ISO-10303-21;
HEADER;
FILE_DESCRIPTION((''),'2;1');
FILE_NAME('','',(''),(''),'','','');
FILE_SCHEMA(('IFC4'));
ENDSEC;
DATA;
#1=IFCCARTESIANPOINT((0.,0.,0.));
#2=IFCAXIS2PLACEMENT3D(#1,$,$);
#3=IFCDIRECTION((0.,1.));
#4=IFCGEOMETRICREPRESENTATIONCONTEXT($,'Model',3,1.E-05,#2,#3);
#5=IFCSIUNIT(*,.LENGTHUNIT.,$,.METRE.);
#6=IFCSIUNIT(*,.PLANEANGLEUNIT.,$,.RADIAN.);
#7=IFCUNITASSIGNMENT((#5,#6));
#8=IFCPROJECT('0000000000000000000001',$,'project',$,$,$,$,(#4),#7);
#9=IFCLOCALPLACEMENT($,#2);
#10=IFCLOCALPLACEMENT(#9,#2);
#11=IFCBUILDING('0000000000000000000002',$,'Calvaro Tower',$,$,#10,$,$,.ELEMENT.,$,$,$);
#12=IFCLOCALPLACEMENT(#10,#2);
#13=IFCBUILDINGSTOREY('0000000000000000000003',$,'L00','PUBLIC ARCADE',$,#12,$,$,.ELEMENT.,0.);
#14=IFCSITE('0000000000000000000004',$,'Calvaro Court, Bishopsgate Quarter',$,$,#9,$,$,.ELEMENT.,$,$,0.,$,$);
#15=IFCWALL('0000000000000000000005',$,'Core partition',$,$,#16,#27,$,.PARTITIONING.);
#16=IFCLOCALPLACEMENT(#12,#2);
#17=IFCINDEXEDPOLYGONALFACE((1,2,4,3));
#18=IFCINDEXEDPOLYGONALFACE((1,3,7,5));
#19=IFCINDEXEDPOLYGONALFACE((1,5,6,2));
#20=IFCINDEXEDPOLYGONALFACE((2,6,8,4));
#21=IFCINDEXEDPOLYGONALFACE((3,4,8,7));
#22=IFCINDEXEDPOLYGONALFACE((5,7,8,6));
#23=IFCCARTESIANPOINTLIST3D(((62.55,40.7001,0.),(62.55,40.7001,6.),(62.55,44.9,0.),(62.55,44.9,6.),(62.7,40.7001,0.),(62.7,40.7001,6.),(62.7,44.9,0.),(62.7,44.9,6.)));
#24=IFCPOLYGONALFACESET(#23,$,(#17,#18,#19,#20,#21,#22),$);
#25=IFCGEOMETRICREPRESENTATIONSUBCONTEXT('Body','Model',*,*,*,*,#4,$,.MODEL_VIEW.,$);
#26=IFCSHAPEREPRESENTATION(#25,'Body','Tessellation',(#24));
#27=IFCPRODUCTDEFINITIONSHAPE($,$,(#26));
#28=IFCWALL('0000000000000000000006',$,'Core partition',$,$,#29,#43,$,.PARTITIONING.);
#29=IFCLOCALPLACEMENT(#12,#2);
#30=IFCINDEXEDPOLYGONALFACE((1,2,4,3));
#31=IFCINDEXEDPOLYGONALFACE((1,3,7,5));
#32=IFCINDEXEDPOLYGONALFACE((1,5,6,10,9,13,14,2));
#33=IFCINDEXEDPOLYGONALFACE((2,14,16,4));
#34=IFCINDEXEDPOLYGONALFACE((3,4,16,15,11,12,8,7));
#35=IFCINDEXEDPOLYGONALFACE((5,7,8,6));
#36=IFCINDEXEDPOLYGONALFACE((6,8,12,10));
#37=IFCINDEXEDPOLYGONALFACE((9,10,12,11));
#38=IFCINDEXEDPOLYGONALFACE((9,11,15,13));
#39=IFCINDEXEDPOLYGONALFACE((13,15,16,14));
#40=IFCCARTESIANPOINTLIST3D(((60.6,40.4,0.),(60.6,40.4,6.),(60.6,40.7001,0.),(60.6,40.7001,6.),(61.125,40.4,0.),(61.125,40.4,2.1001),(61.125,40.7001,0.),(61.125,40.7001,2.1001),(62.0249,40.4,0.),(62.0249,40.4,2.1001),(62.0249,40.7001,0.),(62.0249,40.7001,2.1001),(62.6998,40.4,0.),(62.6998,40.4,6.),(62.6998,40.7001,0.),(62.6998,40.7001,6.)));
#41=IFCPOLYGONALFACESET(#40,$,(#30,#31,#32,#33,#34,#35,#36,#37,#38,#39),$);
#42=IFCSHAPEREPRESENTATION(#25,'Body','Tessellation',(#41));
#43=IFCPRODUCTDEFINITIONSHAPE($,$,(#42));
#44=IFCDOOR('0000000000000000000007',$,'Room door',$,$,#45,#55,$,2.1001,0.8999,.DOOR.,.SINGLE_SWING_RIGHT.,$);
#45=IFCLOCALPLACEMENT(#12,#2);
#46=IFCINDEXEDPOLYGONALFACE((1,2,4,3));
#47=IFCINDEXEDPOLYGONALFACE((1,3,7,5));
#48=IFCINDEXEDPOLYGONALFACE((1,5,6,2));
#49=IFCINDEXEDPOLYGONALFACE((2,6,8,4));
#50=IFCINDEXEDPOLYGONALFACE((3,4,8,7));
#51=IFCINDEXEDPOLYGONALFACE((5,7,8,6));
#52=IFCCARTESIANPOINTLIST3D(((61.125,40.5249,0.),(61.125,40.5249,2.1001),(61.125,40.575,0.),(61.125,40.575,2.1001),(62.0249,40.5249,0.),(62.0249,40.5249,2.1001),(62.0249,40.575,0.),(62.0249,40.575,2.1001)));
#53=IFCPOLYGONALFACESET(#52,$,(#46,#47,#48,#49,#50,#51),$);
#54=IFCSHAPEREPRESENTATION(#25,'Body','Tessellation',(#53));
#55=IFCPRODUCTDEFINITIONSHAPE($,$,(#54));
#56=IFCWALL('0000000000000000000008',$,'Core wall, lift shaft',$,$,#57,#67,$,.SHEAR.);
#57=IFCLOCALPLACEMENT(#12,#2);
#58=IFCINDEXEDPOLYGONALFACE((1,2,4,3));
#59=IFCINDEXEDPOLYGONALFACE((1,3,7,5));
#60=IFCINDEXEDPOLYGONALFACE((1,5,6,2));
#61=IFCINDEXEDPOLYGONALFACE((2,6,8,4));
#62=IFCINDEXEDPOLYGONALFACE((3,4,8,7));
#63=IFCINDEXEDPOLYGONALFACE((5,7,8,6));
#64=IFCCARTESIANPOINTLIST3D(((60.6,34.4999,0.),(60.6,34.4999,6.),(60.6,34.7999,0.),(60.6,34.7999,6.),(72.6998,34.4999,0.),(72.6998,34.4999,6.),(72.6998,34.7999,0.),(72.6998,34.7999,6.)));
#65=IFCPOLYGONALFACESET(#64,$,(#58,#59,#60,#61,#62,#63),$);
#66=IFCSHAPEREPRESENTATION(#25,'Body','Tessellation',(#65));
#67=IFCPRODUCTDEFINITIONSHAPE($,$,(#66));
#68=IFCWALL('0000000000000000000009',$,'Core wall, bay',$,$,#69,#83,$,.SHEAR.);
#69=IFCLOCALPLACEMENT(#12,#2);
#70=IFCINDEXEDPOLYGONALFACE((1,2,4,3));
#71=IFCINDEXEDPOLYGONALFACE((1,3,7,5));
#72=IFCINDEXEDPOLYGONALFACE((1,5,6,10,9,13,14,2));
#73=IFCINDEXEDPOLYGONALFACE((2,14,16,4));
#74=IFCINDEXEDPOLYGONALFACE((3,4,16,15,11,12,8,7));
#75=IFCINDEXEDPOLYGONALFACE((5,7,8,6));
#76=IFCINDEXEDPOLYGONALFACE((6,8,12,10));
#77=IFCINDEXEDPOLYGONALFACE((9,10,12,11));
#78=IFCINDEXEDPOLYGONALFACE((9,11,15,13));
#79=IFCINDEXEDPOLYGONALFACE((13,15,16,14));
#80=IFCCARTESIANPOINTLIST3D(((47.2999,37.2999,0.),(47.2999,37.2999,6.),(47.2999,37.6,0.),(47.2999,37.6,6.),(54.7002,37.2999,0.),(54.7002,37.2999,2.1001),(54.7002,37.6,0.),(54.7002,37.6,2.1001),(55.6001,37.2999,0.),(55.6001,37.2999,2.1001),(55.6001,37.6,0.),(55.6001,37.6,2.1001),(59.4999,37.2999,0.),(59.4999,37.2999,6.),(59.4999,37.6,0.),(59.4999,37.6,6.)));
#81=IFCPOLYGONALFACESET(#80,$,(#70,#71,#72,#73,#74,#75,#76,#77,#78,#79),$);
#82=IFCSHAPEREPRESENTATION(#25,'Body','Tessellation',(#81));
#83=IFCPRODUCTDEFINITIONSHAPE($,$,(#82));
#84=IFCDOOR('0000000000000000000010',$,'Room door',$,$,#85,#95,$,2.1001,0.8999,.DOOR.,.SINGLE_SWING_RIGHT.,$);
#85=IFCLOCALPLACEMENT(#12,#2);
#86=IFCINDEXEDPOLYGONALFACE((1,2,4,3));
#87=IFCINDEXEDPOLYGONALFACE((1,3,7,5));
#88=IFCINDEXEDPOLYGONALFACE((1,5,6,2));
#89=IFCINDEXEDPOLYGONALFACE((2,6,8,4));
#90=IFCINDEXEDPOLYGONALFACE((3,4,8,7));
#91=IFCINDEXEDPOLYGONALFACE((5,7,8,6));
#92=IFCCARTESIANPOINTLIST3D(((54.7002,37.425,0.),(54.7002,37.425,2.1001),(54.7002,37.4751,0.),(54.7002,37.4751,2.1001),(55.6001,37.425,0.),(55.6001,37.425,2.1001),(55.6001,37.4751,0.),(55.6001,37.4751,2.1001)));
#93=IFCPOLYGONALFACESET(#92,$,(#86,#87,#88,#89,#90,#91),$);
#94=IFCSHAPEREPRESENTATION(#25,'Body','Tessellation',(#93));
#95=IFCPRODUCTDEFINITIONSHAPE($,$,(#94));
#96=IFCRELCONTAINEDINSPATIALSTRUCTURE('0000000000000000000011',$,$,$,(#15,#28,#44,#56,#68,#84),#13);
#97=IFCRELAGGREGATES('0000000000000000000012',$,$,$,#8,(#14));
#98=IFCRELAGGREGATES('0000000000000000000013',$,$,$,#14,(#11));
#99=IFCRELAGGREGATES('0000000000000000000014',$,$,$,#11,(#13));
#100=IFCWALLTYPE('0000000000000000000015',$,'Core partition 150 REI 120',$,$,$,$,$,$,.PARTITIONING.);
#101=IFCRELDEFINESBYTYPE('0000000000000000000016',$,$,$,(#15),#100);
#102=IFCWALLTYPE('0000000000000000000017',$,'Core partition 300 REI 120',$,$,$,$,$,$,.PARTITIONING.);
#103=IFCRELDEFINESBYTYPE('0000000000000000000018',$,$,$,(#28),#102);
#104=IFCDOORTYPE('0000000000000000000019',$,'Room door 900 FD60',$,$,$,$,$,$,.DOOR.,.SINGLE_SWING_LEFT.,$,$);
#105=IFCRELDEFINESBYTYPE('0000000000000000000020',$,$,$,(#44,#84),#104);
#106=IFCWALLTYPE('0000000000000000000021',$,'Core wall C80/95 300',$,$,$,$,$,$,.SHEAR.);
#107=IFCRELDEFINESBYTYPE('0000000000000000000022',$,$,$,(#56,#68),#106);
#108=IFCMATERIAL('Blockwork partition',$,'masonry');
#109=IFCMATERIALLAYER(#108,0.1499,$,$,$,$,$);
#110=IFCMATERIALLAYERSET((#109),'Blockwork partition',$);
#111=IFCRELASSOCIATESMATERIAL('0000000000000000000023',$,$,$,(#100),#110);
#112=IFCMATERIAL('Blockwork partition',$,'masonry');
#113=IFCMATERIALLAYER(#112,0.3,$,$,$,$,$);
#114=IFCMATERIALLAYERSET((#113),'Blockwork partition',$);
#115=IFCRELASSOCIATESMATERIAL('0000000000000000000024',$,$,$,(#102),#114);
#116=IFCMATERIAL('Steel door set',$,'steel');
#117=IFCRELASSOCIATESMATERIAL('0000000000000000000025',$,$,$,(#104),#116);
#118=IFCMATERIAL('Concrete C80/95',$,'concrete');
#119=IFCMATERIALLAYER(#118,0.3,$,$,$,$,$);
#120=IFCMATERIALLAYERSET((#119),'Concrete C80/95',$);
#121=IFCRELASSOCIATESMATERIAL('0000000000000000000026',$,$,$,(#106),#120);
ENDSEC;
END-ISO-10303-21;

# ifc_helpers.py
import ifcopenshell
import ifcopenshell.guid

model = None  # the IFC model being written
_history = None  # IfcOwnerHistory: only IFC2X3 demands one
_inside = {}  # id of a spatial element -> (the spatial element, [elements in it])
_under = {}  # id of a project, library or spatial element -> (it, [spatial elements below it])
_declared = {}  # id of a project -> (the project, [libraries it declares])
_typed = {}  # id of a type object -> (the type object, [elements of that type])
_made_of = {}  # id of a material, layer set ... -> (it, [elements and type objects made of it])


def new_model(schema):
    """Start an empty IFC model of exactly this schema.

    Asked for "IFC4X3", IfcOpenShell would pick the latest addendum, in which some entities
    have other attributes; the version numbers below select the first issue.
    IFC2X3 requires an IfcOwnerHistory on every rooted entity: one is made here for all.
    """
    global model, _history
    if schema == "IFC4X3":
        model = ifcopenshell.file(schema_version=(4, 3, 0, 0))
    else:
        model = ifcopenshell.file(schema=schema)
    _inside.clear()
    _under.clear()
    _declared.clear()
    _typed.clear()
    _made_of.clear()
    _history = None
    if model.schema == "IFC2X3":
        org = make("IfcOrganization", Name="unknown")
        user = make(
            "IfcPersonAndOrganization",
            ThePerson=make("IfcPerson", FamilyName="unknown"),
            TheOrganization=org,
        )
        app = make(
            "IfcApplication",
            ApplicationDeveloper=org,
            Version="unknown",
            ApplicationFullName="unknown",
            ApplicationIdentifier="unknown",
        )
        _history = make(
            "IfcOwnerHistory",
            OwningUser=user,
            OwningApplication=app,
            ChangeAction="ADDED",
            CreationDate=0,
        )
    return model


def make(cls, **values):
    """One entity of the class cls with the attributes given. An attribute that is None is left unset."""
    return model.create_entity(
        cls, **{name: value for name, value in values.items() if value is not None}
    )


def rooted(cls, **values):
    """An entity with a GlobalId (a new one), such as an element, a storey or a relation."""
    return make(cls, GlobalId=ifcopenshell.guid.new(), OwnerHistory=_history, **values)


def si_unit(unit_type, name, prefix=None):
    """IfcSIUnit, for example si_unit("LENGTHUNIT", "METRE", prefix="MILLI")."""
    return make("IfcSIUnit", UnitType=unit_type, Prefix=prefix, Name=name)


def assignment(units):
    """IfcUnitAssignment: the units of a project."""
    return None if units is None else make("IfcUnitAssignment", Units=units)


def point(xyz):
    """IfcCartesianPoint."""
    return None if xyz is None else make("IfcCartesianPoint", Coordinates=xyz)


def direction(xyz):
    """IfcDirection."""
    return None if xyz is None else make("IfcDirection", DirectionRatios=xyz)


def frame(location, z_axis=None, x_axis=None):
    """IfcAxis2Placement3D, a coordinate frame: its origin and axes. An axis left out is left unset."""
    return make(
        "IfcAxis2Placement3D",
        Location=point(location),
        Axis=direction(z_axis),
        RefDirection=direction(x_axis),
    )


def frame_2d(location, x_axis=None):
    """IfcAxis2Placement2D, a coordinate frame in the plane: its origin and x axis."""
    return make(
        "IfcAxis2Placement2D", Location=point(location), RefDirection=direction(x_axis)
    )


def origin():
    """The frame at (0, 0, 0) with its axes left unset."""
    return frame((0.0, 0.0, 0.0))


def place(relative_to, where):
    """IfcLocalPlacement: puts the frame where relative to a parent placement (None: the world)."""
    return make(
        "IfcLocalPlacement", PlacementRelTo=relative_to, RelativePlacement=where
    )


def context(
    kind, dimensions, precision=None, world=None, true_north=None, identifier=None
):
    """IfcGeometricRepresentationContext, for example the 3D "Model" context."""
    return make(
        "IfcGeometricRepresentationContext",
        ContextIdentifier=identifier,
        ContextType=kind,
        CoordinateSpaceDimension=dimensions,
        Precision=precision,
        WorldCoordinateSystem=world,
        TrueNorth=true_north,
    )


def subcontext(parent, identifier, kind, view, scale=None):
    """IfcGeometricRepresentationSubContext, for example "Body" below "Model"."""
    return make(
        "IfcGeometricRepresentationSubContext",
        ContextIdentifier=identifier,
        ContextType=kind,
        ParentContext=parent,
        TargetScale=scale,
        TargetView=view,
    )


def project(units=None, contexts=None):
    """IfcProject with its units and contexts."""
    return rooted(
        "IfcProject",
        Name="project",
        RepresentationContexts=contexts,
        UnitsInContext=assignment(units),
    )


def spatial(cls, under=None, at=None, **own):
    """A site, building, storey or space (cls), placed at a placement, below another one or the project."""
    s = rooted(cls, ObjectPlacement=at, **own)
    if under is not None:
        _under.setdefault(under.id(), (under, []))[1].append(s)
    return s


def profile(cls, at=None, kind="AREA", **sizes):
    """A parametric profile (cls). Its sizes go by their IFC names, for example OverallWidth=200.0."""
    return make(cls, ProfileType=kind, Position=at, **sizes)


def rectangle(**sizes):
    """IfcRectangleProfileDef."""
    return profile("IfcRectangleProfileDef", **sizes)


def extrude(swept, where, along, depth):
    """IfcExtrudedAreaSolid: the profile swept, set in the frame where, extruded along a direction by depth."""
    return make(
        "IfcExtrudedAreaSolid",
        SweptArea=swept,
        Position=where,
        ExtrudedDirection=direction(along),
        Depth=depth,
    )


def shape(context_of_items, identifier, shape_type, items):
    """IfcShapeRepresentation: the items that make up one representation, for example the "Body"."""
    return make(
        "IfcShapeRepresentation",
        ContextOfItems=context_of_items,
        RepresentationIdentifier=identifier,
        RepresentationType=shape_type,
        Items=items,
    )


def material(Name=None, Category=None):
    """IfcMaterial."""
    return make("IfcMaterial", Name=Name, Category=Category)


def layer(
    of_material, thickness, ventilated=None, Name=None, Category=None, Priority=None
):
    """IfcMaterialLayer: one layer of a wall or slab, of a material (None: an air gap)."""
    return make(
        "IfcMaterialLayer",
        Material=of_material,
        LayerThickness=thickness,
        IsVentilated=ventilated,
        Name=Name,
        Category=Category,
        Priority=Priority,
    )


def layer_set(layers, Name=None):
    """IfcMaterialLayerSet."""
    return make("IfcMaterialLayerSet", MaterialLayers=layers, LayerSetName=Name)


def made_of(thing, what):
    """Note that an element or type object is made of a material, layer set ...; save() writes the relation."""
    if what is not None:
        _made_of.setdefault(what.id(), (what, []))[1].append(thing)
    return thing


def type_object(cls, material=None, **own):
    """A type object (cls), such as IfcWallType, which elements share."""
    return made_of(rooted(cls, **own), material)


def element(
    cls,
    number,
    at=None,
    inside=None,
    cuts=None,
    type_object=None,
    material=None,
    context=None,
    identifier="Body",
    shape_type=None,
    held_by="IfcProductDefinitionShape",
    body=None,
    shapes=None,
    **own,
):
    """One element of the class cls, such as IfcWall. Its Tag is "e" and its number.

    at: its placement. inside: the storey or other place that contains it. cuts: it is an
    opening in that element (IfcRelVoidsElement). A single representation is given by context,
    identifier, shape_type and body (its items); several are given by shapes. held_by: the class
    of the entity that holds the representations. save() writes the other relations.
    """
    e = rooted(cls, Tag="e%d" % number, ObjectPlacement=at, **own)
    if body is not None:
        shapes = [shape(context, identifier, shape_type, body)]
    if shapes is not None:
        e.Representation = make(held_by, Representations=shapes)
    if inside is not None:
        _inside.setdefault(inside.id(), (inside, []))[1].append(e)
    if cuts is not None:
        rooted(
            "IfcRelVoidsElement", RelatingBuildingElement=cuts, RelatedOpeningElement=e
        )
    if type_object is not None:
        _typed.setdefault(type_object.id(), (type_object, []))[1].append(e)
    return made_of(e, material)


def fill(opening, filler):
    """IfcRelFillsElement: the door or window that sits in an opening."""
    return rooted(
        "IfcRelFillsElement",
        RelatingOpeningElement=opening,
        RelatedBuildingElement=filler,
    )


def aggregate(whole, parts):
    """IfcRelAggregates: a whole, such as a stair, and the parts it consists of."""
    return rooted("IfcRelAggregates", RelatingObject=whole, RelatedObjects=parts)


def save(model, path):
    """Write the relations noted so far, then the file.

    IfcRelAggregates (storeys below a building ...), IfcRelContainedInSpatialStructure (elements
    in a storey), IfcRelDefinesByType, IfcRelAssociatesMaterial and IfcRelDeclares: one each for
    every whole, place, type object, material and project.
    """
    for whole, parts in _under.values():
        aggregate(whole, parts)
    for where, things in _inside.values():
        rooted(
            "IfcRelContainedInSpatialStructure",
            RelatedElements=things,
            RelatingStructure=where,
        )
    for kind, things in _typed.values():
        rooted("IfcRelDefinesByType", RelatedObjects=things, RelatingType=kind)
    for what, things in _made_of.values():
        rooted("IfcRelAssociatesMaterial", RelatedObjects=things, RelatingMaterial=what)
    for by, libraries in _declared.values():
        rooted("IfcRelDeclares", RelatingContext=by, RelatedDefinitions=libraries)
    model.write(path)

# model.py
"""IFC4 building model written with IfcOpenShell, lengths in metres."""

from ifc_helpers import new_model, si_unit, direction, frame, frame_2d, origin, place, context, subcontext, project, spatial, rectangle, extrude, material, layer, layer_set, type_object, element, fill, save


model = new_model("IFC4")

# Units and contexts
model_context = context("Model", 3, precision=1e-05, world=origin(), true_north=direction((0.0, 1.0)))
body_context = subcontext(model_context, "Body", "Model", "MODEL_VIEW")
ifc_project = project(units=[si_unit("LENGTHUNIT", "METRE"), si_unit("PLANEANGLEUNIT", "RADIAN")], contexts=[model_context])

# Site, building, storey
site_placement = place(None, origin())
site = spatial("IfcSite", under=ifc_project, at=site_placement, Name="Calvaro Court, Bishopsgate Quarter", CompositionType="ELEMENT", RefElevation=0.0)
building_placement = place(site_placement, origin())
building = spatial("IfcBuilding", under=site, at=building_placement, Name="Calvaro Tower", CompositionType="ELEMENT")
storey_placement = place(building_placement, origin())
storey = spatial("IfcBuildingStorey", under=building, at=storey_placement, Name="L00", Description="PUBLIC ARCADE", CompositionType="ELEMENT", Elevation=0.0)

# Wall
ifc_material_1 = material(Name="Blockwork partition", Category="masonry")
ifc_layer_1 = layer(ifc_material_1, 0.1499)
ifc_layer_set_1 = layer_set([ifc_layer_1], Name="Blockwork partition")
wall_type_1 = type_object("IfcWallType", Name="Core partition 150 REI 120", PredefinedType="PARTITIONING", material=ifc_layer_set_1)
wall_1_placement = place(storey_placement, frame((62.625, 40.7, 0.0), z_axis=(0.0, 0.0, 1.0), x_axis=(0.0, 1.0, 0.0)))
element("IfcWall", 1, at=wall_1_placement, inside=storey, type_object=wall_type_1, Name="Core partition", PredefinedType="PARTITIONING", context=body_context, shape_type="SweptSolid", body=[
    extrude(rectangle(XDim=4.2, YDim=0.1499, at=frame_2d((2.1001, 0.0))), origin(), (0.0, 0.0, 1.0), 6.0),
])

# Wall, opening, door
ifc_material_2 = material(Name="Blockwork partition", Category="masonry")
ifc_layer_2 = layer(ifc_material_2, 0.3)
ifc_layer_set_2 = layer_set([ifc_layer_2], Name="Blockwork partition")
wall_type_2 = type_object("IfcWallType", Name="Core partition 300 REI 120", PredefinedType="PARTITIONING", material=ifc_layer_set_2)
wall_2_placement = place(storey_placement, frame((60.6001, 40.55, 0.0), z_axis=(0.0, 0.0, 1.0), x_axis=(1.0, 0.0, 0.0)))
wall_2 = element("IfcWall", 2, at=wall_2_placement, inside=storey, type_object=wall_type_2, Name="Core partition", PredefinedType="PARTITIONING", context=body_context, shape_type="SweptSolid", body=[
    extrude(rectangle(XDim=2.0999, YDim=0.3, at=frame_2d((1.0498, 0.0))), origin(), (0.0, 0.0, 1.0), 6.0),
])
opening_1_placement = place(wall_2_placement, frame((0.5249, 0.0, 0.0)))
opening_1 = element("IfcOpeningElement", 3, at=opening_1_placement, cuts=wall_2, PredefinedType="OPENING", context=body_context, shape_type="SweptSolid", body=[
    extrude(rectangle(XDim=0.8999, YDim=2.1001, at=frame_2d((0.45, 1.05))), frame((0.0, 0.1599, 0.0), z_axis=(0.0, -1.0, 0.0), x_axis=(1.0, 0.0, 0.0)), (0.0, 0.0, 1.0), 0.3201),
])
ifc_material_3 = material(Name="Steel door set", Category="steel")
door_type_1 = type_object("IfcDoorType", Name="Room door 900 FD60", OperationType="SINGLE_SWING_LEFT", PredefinedType="DOOR", material=ifc_material_3)
door_1_placement = place(opening_1_placement, origin())
door_1 = element("IfcDoor", 4, at=door_1_placement, inside=storey, type_object=door_type_1, Name="Room door", OperationType="SINGLE_SWING_RIGHT", OverallHeight=2.1001, OverallWidth=0.8999, PredefinedType="DOOR", context=body_context, shape_type="SweptSolid", body=[
    extrude(rectangle(XDim=0.8999, YDim=2.1001, at=frame_2d((0.45, 1.05))), frame((0.0, 0.0249, 0.0), z_axis=(0.0, -1.0, 0.0), x_axis=(1.0, 0.0, 0.0)), (0.0, 0.0, 1.0), 0.05),
])
fill(opening_1, door_1)

# Wall
ifc_material_4 = material(Name="Concrete C80/95", Category="concrete")
ifc_layer_3 = layer(ifc_material_4, 0.3)
ifc_layer_set_3 = layer_set([ifc_layer_3], Name="Concrete C80/95")
wall_type_3 = type_object("IfcWallType", Name="Core wall C80/95 300", PredefinedType="SHEAR", material=ifc_layer_set_3)
wall_3_placement = place(storey_placement, frame((60.6001, 34.6499, 0.0), z_axis=(0.0, 0.0, 1.0), x_axis=(1.0, 0.0, 0.0)))
element("IfcWall", 5, at=wall_3_placement, inside=storey, type_object=wall_type_3, Name="Core wall, lift shaft", PredefinedType="SHEAR", context=body_context, shape_type="SweptSolid", body=[
    extrude(rectangle(XDim=12.0999, YDim=0.3, at=frame_2d((6.0498, 0.0))), origin(), (0.0, 0.0, 1.0), 6.0),
])

# Wall, opening, door
wall_4_placement = place(storey_placement, frame((59.5, 37.45, 0.0), z_axis=(0.0, 0.0, 1.0), x_axis=(-1.0, 0.0, 0.0)))
wall_4 = element("IfcWall", 6, at=wall_4_placement, inside=storey, type_object=wall_type_3, Name="Core wall, bay", PredefinedType="SHEAR", context=body_context, shape_type="SweptSolid", body=[
    extrude(rectangle(XDim=12.2, YDim=0.3, at=frame_2d((6.1001, 0.0))), origin(), (0.0, 0.0, 1.0), 6.0),
])
opening_2_placement = place(wall_4_placement, frame((3.8999, 0.0, 0.0)))
opening_2 = element("IfcOpeningElement", 7, at=opening_2_placement, cuts=wall_4, PredefinedType="OPENING", context=body_context, shape_type="SweptSolid", body=[
    extrude(rectangle(XDim=0.8999, YDim=2.1001, at=frame_2d((0.45, 1.05))), frame((0.0, 0.1599, 0.0), z_axis=(0.0, -1.0, 0.0), x_axis=(1.0, 0.0, 0.0)), (0.0, 0.0, 1.0), 0.3201),
])
door_2_placement = place(opening_2_placement, origin())
door_2 = element("IfcDoor", 8, at=door_2_placement, inside=storey, type_object=door_type_1, Name="Room door", OperationType="SINGLE_SWING_RIGHT", OverallHeight=2.1001, OverallWidth=0.8999, PredefinedType="DOOR", context=body_context, shape_type="SweptSolid", body=[
    extrude(rectangle(XDim=0.8999, YDim=2.1001, at=frame_2d((0.45, 1.05))), frame((0.0, 0.0249, 0.0), z_axis=(0.0, -1.0, 0.0), x_axis=(1.0, 0.0, 0.0)), (0.0, 0.0, 1.0), 0.05),
])
fill(opening_2, door_2)

save(model, "model.ifc")
